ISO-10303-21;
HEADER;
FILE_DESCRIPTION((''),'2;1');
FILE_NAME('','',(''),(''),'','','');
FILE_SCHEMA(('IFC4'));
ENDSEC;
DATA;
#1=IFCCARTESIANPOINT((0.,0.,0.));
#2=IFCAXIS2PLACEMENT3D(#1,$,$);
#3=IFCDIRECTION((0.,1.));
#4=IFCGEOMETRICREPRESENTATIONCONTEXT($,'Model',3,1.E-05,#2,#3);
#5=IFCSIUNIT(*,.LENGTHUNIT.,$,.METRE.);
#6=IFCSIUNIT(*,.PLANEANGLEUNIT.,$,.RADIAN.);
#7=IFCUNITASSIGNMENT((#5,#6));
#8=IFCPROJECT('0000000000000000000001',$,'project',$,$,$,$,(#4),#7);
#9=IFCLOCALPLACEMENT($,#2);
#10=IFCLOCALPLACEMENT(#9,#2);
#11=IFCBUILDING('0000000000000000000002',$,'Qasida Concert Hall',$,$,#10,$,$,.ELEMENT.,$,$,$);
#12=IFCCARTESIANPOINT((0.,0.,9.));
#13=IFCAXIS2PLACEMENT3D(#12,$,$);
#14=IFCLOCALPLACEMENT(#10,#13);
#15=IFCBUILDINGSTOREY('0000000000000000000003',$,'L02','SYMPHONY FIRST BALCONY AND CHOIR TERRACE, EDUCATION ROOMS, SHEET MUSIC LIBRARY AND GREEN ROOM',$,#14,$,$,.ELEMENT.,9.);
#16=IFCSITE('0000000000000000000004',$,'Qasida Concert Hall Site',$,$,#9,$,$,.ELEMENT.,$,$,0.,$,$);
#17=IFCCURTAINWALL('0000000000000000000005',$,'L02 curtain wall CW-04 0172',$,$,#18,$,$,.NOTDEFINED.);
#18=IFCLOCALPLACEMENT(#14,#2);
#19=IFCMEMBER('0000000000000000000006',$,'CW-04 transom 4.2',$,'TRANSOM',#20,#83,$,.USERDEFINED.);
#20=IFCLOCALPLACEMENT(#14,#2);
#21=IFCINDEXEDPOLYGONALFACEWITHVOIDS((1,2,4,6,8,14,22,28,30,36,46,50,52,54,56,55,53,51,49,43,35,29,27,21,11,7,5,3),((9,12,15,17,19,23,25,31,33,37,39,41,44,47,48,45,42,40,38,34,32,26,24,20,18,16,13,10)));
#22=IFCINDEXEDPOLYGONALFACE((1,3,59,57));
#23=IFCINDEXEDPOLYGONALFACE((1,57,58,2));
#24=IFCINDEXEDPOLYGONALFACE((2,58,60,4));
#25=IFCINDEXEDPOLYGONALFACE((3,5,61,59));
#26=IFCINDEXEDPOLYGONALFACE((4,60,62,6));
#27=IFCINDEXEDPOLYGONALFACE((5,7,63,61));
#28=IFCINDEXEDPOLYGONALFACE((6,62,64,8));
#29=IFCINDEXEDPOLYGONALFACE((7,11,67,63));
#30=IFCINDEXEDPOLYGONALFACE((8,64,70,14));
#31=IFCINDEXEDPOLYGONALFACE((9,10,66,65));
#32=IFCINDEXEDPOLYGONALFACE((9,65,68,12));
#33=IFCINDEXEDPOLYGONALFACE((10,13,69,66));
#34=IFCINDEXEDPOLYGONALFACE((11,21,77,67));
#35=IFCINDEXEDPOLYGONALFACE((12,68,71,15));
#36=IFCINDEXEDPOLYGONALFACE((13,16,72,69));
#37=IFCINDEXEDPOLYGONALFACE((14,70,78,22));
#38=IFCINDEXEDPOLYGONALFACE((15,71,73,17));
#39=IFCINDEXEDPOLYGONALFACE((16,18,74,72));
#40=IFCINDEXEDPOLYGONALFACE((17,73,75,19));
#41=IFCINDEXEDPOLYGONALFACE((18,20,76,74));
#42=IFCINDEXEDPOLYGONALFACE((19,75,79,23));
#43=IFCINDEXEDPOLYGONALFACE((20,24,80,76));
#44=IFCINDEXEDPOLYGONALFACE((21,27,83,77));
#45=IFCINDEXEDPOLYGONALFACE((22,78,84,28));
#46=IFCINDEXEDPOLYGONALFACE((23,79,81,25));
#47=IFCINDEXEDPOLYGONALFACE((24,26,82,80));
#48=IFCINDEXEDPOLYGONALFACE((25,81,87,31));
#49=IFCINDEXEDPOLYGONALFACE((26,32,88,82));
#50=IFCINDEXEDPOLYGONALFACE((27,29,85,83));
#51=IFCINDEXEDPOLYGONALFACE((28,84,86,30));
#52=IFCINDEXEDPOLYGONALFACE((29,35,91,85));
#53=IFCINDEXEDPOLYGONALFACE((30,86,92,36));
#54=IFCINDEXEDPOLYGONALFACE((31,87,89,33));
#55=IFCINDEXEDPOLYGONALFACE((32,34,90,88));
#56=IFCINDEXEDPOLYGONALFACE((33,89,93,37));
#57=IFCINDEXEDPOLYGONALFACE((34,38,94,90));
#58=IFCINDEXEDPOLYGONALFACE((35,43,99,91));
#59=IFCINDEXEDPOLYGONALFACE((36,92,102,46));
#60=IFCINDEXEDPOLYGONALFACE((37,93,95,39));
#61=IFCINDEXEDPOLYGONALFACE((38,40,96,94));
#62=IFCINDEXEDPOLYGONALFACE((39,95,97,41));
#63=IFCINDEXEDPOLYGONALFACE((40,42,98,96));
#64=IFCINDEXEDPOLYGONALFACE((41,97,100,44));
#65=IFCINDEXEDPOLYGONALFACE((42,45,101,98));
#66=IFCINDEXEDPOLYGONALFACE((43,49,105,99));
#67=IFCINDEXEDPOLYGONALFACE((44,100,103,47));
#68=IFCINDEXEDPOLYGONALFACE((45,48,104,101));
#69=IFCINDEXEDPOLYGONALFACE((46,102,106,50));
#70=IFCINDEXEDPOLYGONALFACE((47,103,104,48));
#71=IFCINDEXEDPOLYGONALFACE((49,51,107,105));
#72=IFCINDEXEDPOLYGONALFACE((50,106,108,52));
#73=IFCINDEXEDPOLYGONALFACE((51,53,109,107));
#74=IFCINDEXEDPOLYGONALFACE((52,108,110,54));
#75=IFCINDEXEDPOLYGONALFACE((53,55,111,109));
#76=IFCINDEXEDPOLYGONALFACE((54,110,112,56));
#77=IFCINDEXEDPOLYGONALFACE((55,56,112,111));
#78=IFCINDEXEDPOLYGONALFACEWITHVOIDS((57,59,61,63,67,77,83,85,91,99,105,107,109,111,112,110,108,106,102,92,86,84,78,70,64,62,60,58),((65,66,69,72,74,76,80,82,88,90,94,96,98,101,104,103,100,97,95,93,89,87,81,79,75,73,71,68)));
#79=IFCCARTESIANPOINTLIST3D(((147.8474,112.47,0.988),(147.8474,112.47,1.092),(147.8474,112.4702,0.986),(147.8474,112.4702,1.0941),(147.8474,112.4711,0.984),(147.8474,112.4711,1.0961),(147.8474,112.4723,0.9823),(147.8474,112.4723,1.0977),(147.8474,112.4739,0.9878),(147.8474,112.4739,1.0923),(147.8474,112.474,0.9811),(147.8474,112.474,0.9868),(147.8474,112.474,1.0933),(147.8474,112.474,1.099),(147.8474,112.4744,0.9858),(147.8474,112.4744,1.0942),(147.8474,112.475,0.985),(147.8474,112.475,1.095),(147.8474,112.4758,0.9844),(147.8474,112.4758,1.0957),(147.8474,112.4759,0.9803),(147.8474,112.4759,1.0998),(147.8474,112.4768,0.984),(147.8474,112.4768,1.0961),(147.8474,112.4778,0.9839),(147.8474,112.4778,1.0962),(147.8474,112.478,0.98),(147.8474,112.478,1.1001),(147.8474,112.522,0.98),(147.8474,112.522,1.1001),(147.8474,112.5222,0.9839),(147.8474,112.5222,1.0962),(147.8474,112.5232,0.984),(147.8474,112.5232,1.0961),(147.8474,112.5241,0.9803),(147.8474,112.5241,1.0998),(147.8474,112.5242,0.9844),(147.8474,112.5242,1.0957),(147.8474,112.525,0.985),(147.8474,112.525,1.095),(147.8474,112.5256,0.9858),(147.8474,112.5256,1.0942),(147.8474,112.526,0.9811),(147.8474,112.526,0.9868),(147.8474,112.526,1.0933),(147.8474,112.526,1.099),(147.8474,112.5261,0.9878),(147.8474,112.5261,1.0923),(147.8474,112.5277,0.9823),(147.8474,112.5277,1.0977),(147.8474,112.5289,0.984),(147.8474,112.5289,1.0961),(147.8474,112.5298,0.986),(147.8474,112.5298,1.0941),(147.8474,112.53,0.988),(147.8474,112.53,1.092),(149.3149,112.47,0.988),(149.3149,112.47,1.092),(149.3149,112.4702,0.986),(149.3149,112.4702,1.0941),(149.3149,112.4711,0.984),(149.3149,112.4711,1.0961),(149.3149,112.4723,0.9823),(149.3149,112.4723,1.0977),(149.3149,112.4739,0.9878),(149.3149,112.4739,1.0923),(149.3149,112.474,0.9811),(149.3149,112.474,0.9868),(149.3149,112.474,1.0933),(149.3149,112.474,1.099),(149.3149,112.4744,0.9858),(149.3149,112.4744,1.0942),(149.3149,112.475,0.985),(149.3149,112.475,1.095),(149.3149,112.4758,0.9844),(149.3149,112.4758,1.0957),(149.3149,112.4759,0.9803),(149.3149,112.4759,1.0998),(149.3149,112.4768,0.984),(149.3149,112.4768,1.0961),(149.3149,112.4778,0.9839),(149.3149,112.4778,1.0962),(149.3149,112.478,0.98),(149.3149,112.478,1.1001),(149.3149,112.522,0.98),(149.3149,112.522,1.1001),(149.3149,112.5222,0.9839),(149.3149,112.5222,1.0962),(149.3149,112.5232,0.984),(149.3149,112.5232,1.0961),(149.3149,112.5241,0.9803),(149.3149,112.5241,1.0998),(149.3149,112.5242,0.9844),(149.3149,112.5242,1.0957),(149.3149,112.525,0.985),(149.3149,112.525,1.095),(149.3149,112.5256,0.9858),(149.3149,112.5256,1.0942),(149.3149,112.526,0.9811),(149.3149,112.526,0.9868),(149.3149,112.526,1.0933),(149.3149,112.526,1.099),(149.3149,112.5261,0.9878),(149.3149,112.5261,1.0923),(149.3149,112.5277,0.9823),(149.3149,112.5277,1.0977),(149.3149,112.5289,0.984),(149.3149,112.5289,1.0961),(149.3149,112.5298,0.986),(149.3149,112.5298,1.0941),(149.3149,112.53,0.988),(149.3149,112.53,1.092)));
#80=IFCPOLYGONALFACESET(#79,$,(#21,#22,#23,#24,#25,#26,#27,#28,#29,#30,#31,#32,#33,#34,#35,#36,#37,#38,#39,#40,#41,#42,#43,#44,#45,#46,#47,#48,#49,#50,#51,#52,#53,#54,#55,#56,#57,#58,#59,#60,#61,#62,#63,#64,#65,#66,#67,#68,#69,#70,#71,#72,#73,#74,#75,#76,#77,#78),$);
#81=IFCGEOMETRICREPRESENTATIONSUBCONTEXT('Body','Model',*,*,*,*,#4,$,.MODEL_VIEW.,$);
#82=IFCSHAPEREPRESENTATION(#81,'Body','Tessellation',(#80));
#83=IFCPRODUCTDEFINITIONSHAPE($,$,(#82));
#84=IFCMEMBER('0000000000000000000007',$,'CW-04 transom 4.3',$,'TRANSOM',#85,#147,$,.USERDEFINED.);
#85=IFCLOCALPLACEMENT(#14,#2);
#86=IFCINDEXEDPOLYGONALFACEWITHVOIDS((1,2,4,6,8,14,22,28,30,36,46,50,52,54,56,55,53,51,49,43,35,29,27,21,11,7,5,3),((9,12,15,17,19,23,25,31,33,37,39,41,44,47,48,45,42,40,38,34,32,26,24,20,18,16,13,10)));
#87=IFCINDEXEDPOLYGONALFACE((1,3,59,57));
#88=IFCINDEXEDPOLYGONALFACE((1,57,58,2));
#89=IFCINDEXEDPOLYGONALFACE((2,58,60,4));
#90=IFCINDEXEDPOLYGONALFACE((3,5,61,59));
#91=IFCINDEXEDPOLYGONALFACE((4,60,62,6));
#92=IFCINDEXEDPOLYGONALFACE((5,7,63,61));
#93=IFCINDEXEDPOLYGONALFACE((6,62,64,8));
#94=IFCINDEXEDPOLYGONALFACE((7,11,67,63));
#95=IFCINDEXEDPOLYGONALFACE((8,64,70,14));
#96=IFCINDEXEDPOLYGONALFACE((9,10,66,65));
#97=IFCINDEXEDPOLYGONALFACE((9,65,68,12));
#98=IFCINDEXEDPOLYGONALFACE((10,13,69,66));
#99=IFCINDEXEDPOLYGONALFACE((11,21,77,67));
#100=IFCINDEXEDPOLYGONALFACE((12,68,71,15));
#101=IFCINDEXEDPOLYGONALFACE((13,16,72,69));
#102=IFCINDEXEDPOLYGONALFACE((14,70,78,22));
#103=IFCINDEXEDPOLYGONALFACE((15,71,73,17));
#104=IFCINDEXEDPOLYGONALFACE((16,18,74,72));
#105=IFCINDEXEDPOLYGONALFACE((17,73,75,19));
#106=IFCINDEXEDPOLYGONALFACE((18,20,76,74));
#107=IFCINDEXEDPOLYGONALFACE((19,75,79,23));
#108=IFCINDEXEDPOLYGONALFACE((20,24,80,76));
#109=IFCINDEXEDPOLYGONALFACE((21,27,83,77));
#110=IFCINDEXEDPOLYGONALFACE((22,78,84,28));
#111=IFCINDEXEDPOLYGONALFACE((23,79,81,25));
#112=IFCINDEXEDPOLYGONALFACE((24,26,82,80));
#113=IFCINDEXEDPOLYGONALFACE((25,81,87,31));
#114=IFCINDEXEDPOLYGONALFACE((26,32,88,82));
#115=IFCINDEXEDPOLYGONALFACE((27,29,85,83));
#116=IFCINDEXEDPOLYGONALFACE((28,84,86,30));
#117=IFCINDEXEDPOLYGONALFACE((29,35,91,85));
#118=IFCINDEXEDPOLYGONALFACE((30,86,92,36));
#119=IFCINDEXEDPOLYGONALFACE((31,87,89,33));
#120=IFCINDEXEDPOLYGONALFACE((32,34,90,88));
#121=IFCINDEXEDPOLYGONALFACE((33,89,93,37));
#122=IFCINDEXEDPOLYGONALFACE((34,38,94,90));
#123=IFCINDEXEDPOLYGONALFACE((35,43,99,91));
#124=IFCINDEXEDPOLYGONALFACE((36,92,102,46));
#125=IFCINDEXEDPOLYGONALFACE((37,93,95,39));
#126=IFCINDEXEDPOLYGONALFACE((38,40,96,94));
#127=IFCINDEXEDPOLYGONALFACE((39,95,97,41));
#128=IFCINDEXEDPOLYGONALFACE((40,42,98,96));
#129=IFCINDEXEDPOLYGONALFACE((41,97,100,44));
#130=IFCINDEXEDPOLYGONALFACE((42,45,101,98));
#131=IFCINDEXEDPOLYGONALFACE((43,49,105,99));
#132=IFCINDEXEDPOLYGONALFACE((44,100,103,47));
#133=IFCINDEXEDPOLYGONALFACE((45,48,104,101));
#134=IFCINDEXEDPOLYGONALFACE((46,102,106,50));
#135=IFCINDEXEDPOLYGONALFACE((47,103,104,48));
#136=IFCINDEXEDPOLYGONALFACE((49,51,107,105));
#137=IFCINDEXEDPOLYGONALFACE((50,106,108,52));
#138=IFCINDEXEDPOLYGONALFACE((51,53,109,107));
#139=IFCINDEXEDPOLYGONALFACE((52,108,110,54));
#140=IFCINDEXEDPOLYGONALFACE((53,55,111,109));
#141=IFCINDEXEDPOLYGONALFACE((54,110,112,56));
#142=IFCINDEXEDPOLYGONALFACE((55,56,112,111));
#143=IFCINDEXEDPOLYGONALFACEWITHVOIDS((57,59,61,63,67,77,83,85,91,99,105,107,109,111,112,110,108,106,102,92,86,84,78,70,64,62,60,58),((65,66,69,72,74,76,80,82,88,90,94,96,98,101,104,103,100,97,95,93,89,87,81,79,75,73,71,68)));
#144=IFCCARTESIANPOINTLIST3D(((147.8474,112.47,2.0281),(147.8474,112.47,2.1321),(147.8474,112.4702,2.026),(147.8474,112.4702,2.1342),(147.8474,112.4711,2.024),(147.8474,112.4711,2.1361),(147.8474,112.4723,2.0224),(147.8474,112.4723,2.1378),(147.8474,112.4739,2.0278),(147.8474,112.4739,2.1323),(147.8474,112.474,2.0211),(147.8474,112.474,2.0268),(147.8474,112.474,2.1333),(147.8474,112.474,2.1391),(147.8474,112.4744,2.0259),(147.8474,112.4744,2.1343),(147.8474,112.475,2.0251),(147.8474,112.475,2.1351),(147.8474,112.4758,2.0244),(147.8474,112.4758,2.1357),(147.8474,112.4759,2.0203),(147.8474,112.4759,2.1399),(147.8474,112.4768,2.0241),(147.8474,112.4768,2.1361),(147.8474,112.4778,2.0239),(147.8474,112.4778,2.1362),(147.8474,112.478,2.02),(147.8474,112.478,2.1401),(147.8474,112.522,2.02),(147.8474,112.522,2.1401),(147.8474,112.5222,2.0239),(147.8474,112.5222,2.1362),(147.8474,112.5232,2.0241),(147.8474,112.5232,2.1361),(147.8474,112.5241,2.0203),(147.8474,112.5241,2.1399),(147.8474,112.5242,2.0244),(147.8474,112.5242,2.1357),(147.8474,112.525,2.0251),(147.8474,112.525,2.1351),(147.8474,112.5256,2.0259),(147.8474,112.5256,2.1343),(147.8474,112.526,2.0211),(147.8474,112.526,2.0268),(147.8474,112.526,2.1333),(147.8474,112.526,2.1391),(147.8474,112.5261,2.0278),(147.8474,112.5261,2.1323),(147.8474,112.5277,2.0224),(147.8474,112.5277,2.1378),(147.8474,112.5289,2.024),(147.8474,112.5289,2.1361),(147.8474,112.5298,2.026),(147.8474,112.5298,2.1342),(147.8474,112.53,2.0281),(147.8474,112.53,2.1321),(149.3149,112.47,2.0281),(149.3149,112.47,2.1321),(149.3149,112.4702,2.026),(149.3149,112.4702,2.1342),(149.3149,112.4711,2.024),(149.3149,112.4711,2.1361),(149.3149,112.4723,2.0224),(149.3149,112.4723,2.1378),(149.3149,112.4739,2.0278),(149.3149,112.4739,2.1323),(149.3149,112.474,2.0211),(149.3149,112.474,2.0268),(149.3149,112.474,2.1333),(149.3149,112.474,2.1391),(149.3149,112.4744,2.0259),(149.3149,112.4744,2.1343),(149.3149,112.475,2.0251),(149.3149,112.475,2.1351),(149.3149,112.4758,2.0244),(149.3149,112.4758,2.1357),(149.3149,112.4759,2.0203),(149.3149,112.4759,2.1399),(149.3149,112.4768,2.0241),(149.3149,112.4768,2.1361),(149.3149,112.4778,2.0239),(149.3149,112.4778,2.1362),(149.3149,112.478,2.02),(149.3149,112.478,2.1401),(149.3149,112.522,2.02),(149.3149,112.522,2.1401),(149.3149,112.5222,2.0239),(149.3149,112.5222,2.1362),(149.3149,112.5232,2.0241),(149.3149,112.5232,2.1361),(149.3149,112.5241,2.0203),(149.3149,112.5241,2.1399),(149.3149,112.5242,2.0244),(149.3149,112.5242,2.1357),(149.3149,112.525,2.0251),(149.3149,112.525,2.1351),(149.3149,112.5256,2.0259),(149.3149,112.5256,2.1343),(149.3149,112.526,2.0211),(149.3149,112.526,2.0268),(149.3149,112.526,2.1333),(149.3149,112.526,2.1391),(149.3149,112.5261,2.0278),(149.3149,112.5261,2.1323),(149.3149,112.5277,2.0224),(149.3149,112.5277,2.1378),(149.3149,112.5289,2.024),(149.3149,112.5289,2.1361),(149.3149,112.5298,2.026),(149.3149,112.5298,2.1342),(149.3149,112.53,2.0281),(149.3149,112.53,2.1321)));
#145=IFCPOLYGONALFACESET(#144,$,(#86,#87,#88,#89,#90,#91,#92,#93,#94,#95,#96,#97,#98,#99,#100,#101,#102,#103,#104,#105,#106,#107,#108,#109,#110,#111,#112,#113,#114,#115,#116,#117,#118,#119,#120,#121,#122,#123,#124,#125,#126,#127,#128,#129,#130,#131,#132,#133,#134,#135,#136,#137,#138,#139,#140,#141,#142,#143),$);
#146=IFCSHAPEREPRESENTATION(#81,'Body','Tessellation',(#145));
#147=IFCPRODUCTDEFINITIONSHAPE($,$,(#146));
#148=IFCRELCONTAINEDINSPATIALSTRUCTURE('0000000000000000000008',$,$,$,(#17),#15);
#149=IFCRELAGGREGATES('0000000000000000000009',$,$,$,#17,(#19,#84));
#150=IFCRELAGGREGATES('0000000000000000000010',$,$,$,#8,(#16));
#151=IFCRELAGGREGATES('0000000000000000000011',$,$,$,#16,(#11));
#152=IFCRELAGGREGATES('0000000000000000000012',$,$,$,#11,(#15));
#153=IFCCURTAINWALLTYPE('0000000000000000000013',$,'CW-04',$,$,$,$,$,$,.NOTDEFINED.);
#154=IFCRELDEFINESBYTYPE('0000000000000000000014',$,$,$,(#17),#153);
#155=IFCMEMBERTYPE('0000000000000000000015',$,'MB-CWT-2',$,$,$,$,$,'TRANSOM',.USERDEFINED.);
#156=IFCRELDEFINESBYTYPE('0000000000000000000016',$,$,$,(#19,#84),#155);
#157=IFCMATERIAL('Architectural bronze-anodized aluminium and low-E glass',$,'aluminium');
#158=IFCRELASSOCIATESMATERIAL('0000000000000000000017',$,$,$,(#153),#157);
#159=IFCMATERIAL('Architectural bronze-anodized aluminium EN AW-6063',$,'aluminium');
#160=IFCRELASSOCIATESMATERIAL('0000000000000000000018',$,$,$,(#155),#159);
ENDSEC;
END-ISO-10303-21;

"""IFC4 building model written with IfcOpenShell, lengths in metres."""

from ifc_helpers import new_model, si_unit, direction, frame, origin, origin_2d, place, context, subcontext, project, spatial, hollow_rectangle, extrude, material, material_profile, profile_set, type_object, element, aggregate, save


model = new_model("IFC4")

# Units and contexts
model_context = context("Model", 3, precision=1e-05, world=origin(), true_north=direction((0.0, 1.0)))
body_context = subcontext(model_context, "Body", "Model", "MODEL_VIEW")
ifc_project = project(units=[si_unit("LENGTHUNIT", "METRE"), si_unit("PLANEANGLEUNIT", "RADIAN")], contexts=[model_context])

# Site, building, storey
site_placement = place(None, origin())
site = spatial("IfcSite", under=ifc_project, at=site_placement, Name="Qasida Concert Hall Site", CompositionType="ELEMENT", RefElevation=0.0)
building_placement = place(site_placement, origin())
building = spatial("IfcBuilding", under=site, at=building_placement, Name="Qasida Concert Hall", CompositionType="ELEMENT")
storey_placement = place(building_placement, frame((0.0, 0.0, 9.0)))
storey = spatial("IfcBuildingStorey", under=building, at=storey_placement, Name="L02", Description="SYMPHONY FIRST BALCONY AND CHOIR TERRACE, EDUCATION ROOMS, SHEET MUSIC LIBRARY AND GREEN ROOM", CompositionType="ELEMENT", Elevation=9.0)

# Curtain wall, members
ifc_material_1 = material(Name="Architectural bronze-anodized aluminium and low-E glass", Category="aluminium")
curtain_wall_type = type_object("IfcCurtainWallType", Name="CW-04", PredefinedType="NOTDEFINED", material=ifc_material_1)
curtain_wall_placement = place(storey_placement, origin())
curtain_wall = element("IfcCurtainWall", 1, at=curtain_wall_placement, inside=storey, type_object=curtain_wall_type, Name="L02 curtain wall CW-04 0172", PredefinedType="NOTDEFINED")
ifc_material_2 = material(Name="Architectural bronze-anodized aluminium EN AW-6063", Category="aluminium")
ifc_material_profile_1 = material_profile(ifc_material_2, hollow_rectangle(XDim=0.0601, YDim=0.1201, WallThickness=0.0039, InnerFilletRadius=0.0039, OuterFilletRadius=0.0081, at=origin_2d()), Name="CWT 120x60x4")
ifc_profile_set_1 = profile_set([ifc_material_profile_1], Name="Architectural bronze-anodized aluminium EN AW-6063")
member_type_1 = type_object("IfcMemberType", Name="MB-CWT-2", ElementType="TRANSOM", PredefinedType="USERDEFINED", material=ifc_profile_set_1)
member_1_placement = place(storey_placement, frame((147.8474, 112.5, 1.04), z_axis=(1.0, 0.0, 0.0), x_axis=(0.0, 1.0, 0.0)))
member_1 = element("IfcMember", 2, at=member_1_placement, type_object=member_type_1, Name="CW-04 transom 4.2", ObjectType="TRANSOM", PredefinedType="USERDEFINED", context=body_context, shape_type="SweptSolid", body=[
    extrude(hollow_rectangle(XDim=0.0601, YDim=0.1201, WallThickness=0.0039, InnerFilletRadius=0.0039, OuterFilletRadius=0.0081, at=origin_2d()), origin(), (0.0, 0.0, 1.0), 1.4675),
])
member_2_placement = place(storey_placement, frame((147.8474, 112.5, 2.0801), z_axis=(1.0, 0.0, 0.0), x_axis=(0.0, 1.0, 0.0)))
member_2 = element("IfcMember", 3, at=member_2_placement, type_object=member_type_1, Name="CW-04 transom 4.3", ObjectType="TRANSOM", PredefinedType="USERDEFINED", context=body_context, shape_type="SweptSolid", body=[
    extrude(hollow_rectangle(XDim=0.0601, YDim=0.1201, WallThickness=0.0039, InnerFilletRadius=0.0039, OuterFilletRadius=0.0081, at=origin_2d()), origin(), (0.0, 0.0, 1.0), 1.4675),
])
aggregate(curtain_wall, [member_1, member_2])

save(model, "model.ifc")
